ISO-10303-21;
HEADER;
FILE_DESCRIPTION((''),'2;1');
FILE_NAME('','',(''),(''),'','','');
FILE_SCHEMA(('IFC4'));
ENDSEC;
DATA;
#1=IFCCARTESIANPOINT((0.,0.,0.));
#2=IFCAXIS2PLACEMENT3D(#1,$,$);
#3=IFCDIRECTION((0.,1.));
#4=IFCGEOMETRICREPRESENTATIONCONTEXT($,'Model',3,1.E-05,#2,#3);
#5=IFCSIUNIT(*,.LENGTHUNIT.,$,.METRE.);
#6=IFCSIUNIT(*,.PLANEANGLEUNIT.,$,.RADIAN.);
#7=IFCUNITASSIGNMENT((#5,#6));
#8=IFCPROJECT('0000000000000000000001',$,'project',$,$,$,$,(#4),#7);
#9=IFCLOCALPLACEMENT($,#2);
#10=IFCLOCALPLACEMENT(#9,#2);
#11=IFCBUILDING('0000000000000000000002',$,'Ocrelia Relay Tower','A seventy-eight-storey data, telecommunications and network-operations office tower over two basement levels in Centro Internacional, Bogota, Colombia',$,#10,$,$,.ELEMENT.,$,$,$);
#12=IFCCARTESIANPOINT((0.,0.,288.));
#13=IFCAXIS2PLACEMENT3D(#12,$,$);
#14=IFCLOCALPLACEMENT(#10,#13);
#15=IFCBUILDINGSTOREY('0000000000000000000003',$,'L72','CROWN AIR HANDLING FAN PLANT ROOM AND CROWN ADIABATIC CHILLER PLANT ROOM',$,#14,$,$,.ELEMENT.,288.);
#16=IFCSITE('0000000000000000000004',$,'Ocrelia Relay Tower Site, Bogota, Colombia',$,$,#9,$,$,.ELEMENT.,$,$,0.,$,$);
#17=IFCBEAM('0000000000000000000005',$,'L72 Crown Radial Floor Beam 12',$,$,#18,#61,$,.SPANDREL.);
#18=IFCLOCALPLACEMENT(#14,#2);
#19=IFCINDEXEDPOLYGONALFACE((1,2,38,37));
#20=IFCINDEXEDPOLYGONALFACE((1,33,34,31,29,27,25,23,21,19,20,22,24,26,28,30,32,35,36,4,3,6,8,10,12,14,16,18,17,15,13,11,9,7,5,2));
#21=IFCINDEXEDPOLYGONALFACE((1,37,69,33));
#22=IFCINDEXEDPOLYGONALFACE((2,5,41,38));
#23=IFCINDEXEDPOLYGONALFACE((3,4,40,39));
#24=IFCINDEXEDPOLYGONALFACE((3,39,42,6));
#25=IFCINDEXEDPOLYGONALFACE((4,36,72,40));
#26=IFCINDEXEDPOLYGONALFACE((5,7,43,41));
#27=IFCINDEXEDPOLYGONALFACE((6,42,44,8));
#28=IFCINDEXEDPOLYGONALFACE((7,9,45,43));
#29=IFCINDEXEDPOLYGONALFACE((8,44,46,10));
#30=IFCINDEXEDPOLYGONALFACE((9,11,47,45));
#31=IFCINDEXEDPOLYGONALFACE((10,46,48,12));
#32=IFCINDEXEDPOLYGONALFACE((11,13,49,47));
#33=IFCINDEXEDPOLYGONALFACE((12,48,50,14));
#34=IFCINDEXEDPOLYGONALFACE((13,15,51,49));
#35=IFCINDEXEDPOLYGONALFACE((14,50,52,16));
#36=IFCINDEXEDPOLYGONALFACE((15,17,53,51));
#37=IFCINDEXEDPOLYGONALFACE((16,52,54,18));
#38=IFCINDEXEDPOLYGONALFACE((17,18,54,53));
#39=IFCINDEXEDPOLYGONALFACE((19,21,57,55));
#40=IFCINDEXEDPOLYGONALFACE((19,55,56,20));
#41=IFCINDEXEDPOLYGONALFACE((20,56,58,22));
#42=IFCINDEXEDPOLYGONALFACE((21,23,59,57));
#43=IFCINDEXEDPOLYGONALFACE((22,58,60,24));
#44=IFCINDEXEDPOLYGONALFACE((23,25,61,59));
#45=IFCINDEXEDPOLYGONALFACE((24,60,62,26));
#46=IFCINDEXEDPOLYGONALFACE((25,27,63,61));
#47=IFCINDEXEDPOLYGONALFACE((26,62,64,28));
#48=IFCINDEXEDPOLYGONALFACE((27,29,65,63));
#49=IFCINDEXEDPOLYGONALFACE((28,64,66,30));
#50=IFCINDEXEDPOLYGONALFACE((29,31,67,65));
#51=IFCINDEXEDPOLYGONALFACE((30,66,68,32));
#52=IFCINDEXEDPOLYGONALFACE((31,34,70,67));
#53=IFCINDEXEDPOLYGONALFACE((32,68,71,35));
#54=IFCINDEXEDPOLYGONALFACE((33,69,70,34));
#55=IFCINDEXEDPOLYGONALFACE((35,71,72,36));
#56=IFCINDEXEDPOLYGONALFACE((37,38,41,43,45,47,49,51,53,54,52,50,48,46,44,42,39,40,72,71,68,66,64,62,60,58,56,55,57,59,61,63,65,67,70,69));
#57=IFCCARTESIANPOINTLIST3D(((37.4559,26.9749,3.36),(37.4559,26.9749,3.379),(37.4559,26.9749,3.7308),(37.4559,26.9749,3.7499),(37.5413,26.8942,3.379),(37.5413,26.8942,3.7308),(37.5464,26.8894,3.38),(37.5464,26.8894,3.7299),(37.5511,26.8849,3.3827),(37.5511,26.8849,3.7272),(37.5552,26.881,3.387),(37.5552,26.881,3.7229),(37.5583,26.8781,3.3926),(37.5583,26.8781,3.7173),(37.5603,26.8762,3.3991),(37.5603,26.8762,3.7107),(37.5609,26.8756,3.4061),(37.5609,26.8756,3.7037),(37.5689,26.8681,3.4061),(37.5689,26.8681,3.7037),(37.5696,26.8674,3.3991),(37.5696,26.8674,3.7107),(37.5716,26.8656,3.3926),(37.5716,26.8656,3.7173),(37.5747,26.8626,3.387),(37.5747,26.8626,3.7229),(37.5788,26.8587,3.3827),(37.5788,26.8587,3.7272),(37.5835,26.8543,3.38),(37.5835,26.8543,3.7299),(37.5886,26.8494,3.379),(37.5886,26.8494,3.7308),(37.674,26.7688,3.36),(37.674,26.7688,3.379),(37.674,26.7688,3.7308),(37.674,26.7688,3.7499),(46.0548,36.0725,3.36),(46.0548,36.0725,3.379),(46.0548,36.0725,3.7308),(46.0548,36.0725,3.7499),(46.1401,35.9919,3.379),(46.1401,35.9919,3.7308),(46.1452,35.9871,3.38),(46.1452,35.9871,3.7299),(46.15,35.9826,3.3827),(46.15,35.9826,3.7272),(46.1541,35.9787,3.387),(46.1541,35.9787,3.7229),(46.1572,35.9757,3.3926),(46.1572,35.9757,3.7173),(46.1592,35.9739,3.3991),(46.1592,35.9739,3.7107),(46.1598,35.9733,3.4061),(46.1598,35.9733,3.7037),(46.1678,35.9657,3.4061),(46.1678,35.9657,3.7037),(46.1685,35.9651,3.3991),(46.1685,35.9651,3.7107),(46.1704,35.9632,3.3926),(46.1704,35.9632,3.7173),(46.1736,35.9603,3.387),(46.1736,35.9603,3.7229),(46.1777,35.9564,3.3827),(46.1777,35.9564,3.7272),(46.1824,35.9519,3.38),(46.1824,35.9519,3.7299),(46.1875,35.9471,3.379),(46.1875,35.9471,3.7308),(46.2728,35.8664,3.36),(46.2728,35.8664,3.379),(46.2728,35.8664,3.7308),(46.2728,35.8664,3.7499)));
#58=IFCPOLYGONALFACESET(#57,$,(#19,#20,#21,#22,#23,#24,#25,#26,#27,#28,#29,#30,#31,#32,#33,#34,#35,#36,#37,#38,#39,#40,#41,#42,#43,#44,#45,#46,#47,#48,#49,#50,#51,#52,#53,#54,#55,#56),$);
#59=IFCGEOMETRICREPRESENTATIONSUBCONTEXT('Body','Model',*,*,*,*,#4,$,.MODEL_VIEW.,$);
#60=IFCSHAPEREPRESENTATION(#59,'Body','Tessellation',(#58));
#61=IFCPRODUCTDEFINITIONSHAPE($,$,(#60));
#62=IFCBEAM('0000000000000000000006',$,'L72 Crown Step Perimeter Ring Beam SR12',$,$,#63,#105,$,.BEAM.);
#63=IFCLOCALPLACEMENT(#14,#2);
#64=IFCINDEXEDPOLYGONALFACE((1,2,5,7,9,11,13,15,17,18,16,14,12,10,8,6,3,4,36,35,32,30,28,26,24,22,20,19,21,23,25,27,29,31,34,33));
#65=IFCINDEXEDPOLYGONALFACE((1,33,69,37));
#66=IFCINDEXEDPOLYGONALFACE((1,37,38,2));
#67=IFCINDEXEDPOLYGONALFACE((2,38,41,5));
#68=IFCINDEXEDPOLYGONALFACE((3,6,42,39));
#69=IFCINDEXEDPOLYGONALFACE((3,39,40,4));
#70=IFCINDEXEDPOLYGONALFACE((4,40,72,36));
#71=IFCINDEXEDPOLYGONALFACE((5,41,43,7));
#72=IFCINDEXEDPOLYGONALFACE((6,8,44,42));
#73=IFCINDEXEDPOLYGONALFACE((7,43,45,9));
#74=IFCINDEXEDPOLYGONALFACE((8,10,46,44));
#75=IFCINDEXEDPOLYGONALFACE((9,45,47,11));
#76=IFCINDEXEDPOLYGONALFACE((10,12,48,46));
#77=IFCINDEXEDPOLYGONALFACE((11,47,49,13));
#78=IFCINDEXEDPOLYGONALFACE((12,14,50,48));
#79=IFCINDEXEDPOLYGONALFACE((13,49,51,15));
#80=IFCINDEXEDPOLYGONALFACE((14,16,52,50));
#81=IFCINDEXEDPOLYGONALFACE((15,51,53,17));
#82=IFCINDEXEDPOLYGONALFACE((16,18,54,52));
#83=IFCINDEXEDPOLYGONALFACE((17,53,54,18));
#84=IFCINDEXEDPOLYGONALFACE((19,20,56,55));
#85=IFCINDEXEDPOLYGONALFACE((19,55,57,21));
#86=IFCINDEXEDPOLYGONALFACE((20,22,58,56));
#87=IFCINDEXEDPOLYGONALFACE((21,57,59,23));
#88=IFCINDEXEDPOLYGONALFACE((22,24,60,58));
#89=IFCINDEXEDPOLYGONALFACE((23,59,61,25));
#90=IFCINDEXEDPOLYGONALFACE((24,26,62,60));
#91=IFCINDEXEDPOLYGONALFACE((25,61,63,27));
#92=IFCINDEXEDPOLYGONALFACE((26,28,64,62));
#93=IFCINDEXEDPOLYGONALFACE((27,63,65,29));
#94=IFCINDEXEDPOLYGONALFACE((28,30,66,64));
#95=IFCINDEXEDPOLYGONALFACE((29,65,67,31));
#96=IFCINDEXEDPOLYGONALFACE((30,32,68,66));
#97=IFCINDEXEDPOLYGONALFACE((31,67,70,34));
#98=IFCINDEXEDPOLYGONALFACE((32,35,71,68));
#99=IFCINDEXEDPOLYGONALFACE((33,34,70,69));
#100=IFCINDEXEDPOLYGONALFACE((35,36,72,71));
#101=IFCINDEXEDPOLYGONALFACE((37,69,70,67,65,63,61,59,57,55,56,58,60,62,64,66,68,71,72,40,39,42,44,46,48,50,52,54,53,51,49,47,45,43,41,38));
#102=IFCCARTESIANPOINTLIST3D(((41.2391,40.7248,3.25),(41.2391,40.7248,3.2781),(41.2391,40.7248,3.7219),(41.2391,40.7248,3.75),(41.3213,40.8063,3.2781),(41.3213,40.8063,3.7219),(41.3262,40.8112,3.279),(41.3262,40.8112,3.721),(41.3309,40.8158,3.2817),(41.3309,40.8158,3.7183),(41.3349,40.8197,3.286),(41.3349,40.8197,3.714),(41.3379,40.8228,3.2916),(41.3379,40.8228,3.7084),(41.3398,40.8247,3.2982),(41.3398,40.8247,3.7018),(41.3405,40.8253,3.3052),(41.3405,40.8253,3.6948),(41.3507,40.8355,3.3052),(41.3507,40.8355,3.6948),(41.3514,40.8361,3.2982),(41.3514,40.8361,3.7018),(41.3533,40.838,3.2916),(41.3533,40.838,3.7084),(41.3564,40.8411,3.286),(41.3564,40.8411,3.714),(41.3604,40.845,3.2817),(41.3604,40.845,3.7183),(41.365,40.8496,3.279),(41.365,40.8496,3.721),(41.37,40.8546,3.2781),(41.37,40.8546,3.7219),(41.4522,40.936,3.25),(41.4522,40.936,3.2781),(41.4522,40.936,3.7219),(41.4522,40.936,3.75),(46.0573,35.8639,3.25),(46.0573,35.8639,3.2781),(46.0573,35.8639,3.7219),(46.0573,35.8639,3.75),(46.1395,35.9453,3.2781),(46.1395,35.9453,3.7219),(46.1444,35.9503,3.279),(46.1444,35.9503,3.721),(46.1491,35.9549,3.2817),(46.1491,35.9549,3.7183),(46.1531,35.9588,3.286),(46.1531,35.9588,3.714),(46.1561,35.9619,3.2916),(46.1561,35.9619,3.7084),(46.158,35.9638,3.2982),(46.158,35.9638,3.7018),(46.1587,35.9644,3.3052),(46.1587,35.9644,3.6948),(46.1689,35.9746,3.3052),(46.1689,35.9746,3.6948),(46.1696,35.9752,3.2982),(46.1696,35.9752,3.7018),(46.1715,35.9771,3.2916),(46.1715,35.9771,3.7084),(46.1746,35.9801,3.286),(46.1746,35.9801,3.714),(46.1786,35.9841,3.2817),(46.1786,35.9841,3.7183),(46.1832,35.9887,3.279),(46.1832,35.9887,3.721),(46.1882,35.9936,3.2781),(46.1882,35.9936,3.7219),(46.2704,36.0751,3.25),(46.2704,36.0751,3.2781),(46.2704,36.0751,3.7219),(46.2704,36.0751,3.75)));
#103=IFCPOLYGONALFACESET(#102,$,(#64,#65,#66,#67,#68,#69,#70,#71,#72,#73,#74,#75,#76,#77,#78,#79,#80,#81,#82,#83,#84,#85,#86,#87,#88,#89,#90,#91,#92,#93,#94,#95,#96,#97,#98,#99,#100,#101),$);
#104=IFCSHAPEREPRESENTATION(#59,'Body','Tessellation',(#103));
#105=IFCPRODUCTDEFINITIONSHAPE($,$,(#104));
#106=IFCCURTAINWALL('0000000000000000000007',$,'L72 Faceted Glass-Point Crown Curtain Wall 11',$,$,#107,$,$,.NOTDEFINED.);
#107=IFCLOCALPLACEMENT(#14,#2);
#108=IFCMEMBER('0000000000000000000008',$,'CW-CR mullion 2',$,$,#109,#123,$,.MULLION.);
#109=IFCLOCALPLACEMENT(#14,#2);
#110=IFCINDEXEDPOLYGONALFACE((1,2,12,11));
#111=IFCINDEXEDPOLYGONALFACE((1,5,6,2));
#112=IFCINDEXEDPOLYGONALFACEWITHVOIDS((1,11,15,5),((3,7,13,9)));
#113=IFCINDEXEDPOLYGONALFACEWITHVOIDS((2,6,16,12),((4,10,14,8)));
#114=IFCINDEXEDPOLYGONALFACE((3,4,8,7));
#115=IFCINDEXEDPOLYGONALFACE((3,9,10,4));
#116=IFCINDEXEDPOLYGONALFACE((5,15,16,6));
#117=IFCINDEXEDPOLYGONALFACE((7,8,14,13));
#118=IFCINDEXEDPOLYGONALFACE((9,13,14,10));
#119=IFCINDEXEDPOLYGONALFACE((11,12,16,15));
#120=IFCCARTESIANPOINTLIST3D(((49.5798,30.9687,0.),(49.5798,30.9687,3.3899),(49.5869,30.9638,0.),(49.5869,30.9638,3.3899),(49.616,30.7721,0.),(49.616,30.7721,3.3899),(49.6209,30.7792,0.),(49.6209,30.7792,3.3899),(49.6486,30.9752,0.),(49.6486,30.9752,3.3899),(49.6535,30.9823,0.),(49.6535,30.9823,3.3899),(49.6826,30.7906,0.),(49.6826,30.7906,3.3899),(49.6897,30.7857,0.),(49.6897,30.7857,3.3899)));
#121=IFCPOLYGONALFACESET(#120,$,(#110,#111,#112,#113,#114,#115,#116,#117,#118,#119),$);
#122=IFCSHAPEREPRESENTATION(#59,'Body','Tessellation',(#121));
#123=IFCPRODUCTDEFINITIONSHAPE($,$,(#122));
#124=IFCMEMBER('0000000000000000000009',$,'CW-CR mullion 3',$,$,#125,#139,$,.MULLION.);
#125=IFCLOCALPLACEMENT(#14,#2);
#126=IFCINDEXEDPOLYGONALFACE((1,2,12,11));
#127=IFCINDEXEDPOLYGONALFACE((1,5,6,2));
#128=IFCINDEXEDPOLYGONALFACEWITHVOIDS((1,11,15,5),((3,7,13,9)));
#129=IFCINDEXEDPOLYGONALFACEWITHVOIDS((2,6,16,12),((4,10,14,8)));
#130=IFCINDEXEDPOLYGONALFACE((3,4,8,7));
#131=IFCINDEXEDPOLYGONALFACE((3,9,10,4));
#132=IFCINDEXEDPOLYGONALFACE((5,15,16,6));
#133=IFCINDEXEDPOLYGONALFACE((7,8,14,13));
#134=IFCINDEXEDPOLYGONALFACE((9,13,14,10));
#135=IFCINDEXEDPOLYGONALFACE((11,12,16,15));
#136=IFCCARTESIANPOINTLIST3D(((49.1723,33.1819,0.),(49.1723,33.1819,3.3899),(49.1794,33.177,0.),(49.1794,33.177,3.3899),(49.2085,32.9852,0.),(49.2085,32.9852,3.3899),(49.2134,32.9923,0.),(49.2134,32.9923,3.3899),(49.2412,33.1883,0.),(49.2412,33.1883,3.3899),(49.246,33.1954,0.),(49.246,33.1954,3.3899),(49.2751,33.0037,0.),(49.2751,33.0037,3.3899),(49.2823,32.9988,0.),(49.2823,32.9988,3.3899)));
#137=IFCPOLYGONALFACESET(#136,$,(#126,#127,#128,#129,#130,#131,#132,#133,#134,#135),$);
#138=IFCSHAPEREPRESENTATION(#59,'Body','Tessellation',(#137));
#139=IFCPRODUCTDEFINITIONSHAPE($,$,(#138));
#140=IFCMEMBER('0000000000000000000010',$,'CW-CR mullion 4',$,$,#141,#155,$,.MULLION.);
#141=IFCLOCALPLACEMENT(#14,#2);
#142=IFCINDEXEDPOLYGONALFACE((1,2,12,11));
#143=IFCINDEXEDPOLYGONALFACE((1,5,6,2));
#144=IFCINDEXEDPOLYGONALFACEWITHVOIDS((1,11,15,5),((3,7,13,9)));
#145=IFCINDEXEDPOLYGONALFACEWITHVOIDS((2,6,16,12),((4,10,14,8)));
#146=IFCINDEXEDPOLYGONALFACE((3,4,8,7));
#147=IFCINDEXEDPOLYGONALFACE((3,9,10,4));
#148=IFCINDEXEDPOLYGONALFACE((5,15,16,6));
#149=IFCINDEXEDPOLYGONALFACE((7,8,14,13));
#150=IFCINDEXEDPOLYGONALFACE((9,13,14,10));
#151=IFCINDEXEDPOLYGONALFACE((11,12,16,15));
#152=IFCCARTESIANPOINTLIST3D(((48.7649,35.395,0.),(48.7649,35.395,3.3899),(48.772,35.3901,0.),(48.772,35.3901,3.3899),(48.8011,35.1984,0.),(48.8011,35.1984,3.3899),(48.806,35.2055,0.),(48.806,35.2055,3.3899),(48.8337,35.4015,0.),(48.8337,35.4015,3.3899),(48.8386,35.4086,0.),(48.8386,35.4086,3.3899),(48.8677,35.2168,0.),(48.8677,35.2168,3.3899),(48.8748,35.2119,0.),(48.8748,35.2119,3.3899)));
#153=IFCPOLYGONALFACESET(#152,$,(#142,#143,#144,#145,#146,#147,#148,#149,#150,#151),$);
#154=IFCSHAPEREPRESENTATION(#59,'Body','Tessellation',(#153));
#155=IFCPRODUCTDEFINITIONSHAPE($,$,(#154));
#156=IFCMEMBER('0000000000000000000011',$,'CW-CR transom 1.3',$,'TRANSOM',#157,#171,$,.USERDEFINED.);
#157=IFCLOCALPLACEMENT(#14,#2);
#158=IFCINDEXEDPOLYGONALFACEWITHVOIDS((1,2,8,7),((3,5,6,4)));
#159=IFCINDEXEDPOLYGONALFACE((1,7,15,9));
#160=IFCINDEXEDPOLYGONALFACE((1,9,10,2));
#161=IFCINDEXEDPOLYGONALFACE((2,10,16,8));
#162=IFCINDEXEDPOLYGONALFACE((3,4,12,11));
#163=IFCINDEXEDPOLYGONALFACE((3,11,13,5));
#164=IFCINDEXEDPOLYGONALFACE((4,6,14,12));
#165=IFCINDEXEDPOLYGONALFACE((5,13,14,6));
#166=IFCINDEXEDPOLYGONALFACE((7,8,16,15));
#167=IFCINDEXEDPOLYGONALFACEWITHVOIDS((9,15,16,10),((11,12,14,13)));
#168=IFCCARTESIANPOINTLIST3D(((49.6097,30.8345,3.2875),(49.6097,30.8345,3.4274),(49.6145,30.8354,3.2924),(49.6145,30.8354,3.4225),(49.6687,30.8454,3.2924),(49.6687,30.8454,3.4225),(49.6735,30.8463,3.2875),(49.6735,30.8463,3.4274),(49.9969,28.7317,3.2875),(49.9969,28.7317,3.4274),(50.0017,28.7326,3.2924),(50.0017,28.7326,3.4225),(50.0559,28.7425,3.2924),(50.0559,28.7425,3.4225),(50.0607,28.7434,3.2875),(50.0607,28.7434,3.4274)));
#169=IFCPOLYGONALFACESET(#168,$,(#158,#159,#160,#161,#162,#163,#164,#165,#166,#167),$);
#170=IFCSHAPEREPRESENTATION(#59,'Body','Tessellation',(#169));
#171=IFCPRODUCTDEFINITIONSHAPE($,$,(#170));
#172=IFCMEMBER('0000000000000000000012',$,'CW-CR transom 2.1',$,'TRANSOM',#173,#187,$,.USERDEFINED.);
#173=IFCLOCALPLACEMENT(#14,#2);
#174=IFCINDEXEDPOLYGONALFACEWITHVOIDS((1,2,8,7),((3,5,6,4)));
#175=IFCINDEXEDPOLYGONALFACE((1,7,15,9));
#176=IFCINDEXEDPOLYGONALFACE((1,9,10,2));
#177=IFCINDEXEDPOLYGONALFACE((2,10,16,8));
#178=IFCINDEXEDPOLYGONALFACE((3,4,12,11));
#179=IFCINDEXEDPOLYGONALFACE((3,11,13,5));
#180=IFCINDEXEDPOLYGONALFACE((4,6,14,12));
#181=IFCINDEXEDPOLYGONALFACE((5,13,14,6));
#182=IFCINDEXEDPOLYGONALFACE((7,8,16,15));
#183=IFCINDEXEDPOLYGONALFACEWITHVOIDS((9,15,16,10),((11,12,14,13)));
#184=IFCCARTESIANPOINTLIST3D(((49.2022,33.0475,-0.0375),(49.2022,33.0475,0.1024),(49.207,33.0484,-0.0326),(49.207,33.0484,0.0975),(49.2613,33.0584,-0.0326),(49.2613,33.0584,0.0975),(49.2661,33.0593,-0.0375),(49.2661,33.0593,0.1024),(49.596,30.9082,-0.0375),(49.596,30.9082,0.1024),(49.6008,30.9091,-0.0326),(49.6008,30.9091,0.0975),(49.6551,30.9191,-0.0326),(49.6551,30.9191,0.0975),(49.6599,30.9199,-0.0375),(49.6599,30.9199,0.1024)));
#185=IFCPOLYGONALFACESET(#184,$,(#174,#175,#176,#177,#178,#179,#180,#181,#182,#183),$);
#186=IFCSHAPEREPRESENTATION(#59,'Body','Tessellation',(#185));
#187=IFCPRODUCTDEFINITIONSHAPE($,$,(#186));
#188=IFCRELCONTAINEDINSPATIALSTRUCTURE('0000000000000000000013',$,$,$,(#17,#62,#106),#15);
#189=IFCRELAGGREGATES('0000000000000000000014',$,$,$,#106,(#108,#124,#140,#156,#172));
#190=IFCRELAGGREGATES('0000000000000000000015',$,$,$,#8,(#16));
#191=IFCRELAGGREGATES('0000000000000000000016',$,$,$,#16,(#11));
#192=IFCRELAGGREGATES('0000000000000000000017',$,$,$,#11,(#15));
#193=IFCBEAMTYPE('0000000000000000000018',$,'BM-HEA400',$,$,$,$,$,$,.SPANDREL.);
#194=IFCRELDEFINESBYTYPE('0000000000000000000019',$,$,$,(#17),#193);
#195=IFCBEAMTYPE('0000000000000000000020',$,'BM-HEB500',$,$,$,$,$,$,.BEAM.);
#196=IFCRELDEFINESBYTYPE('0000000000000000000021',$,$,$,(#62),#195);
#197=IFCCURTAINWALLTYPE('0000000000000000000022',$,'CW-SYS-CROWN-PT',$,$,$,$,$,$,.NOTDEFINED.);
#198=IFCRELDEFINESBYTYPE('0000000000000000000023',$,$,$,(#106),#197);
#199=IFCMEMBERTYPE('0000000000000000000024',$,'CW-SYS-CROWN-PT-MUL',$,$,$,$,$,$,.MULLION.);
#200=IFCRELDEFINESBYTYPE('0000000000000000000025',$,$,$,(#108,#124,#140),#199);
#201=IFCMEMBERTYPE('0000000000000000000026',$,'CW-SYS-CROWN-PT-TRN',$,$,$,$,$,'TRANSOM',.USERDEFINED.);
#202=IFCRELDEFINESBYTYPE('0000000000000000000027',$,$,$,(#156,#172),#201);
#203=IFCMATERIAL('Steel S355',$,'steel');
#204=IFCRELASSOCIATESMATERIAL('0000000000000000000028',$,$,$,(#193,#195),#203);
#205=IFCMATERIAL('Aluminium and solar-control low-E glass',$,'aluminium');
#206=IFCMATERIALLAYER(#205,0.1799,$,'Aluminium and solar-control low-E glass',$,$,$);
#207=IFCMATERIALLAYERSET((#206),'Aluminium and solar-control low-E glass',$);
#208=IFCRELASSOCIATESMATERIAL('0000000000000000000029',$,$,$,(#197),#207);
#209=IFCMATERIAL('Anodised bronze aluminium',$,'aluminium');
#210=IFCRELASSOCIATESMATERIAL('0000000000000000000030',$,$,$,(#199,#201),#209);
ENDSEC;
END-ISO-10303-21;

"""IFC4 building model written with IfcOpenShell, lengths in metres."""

from ifc_helpers import new_model, si_unit, direction, frame, origin, origin_2d, place, context, subcontext, project, spatial, hollow_rectangle, i_section, extrude, material, layer, layer_set, material_profile, profile_set, type_object, element, aggregate, save


model = new_model("IFC4")

# Units and contexts
model_context = context("Model", 3, precision=1e-05, world=origin(), true_north=direction((0.0, 1.0)))
body_context = subcontext(model_context, "Body", "Model", "MODEL_VIEW")
ifc_project = project(units=[si_unit("LENGTHUNIT", "METRE"), si_unit("PLANEANGLEUNIT", "RADIAN")], contexts=[model_context])

# Site, building, storey
site_placement = place(None, origin())
site = spatial("IfcSite", under=ifc_project, at=site_placement, Name="Ocrelia Relay Tower Site, Bogota, Colombia", CompositionType="ELEMENT", RefElevation=0.0)
building_placement = place(site_placement, origin())
building = spatial("IfcBuilding", under=site, at=building_placement, Name="Ocrelia Relay Tower", Description="A seventy-eight-storey data, telecommunications and network-operations office tower over two basement levels in Centro Internacional, Bogota, Colombia", CompositionType="ELEMENT")
storey_placement = place(building_placement, frame((0.0, 0.0, 288.0)))
storey = spatial("IfcBuildingStorey", under=building, at=storey_placement, Name="L72", Description="CROWN AIR HANDLING FAN PLANT ROOM AND CROWN ADIABATIC CHILLER PLANT ROOM", CompositionType="ELEMENT", Elevation=288.0)

# Beams
ifc_material_1 = material(Name="Steel S355", Category="steel")
ifc_material_profile_1 = material_profile(ifc_material_1, i_section(OverallWidth=0.3, OverallDepth=0.3899, WebThickness=0.011, FlangeThickness=0.019, FilletRadius=0.0271, at=origin_2d()), Name="HEA 400")
ifc_profile_set_1 = profile_set([ifc_material_profile_1], Name="Steel S355")
beam_type_1 = type_object("IfcBeamType", Name="BM-HEA400", PredefinedType="SPANDREL", material=ifc_profile_set_1)
beam_1_placement = place(storey_placement, frame((46.1638, 35.9695, 3.5549), z_axis=(-0.686904, -0.726748, 0.0), x_axis=(0.726748, -0.686904, 0.0)))
element("IfcBeam", 1, at=beam_1_placement, inside=storey, type_object=beam_type_1, Name="L72 Crown Radial Floor Beam 12", PredefinedType="SPANDREL", context=body_context, shape_type="SweptSolid", body=[
    extrude(i_section(OverallWidth=0.3, OverallDepth=0.3899, WebThickness=0.011, FlangeThickness=0.019, FilletRadius=0.0271, at=origin_2d()), origin(), (0.0, 0.0, 1.0), 12.5183),
])
ifc_material_profile_2 = material_profile(ifc_material_1, i_section(OverallWidth=0.3, OverallDepth=0.5, WebThickness=0.0144, FlangeThickness=0.0281, FilletRadius=0.0271, at=origin_2d()), Name="HEB 500")
ifc_profile_set_2 = profile_set([ifc_material_profile_2], Name="Steel S355")
beam_type_2 = type_object("IfcBeamType", Name="BM-HEB500", PredefinedType="BEAM", material=ifc_profile_set_2)
beam_2_placement = place(storey_placement, frame((46.1638, 35.9695, 3.5), z_axis=(-0.703979, 0.710221, 0.0), x_axis=(-0.710221, -0.703979, 0.0)))
element("IfcBeam", 2, at=beam_2_placement, inside=storey, type_object=beam_type_2, Name="L72 Crown Step Perimeter Ring Beam SR12", PredefinedType="BEAM", context=body_context, shape_type="SweptSolid", body=[
    extrude(i_section(OverallWidth=0.3, OverallDepth=0.5, WebThickness=0.0144, FlangeThickness=0.0281, FilletRadius=0.0271, at=origin_2d()), origin(), (0.0, 0.0, 1.0), 6.8442),
])

# Curtain wall, members
ifc_material_2 = material(Name="Aluminium and solar-control low-E glass", Category="aluminium")
ifc_layer_1 = layer(ifc_material_2, 0.1799, Name="Aluminium and solar-control low-E glass")
ifc_layer_set_1 = layer_set([ifc_layer_1], Name="Aluminium and solar-control low-E glass")
curtain_wall_type = type_object("IfcCurtainWallType", Name="CW-SYS-CROWN-PT", PredefinedType="NOTDEFINED", material=ifc_layer_set_1)
curtain_wall_placement = place(storey_placement, origin())
curtain_wall = element("IfcCurtainWall", 3, at=curtain_wall_placement, inside=storey, type_object=curtain_wall_type, Name="L72 Faceted Glass-Point Crown Curtain Wall 11", PredefinedType="NOTDEFINED")
ifc_material_3 = material(Name="Anodised bronze aluminium", Category="aluminium")
ifc_material_profile_3 = material_profile(ifc_material_3, hollow_rectangle(XDim=0.075, YDim=0.2, WallThickness=0.0061, at=origin_2d()), Name="CW-MUL-200x75")
ifc_profile_set_3 = profile_set([ifc_material_profile_3], Name="Anodised bronze aluminium")
member_type_1 = type_object("IfcMemberType", Name="CW-SYS-CROWN-PT-MUL", PredefinedType="MULLION", material=ifc_profile_set_3)
member_1_placement = place(storey_placement, frame((49.6348, 30.8772, 0.0), z_axis=(0.0, 0.0, 1.0), x_axis=(-0.983471, -0.181068, 0.0)))
member_1 = element("IfcMember", 4, at=member_1_placement, type_object=member_type_1, Name="CW-CR mullion 2", PredefinedType="MULLION", context=body_context, shape_type="SweptSolid", body=[
    extrude(hollow_rectangle(XDim=0.075, YDim=0.2, WallThickness=0.0061, at=origin_2d()), origin(), (0.0, 0.0, 1.0), 3.3899),
])
member_2_placement = place(storey_placement, frame((49.2273, 33.0903, 0.0), z_axis=(0.0, 0.0, 1.0), x_axis=(-0.983471, -0.181068, 0.0)))
member_2 = element("IfcMember", 5, at=member_2_placement, type_object=member_type_1, Name="CW-CR mullion 3", PredefinedType="MULLION", context=body_context, shape_type="SweptSolid", body=[
    extrude(hollow_rectangle(XDim=0.075, YDim=0.2, WallThickness=0.0061, at=origin_2d()), origin(), (0.0, 0.0, 1.0), 3.3899),
])
member_3_placement = place(storey_placement, frame((48.8198, 35.3035, 0.0), z_axis=(0.0, 0.0, 1.0), x_axis=(-0.983471, -0.181068, 0.0)))
member_3 = element("IfcMember", 6, at=member_3_placement, type_object=member_type_1, Name="CW-CR mullion 4", PredefinedType="MULLION", context=body_context, shape_type="SweptSolid", body=[
    extrude(hollow_rectangle(XDim=0.075, YDim=0.2, WallThickness=0.0061, at=origin_2d()), origin(), (0.0, 0.0, 1.0), 3.3899),
])
ifc_material_profile_4 = material_profile(ifc_material_3, hollow_rectangle(XDim=0.0649, YDim=0.1399, WallThickness=0.0049, at=origin_2d()), Name="CW-TRN-140x65")
ifc_profile_set_4 = profile_set([ifc_material_profile_4], Name="Anodised bronze aluminium")
member_type_2 = type_object("IfcMemberType", Name="CW-SYS-CROWN-PT-TRN", ElementType="TRANSOM", PredefinedType="USERDEFINED", material=ifc_profile_set_4)
member_4_placement = place(storey_placement, frame((50.0288, 28.7375, 3.3574), z_axis=(-0.181096, 0.983465, 0.0), x_axis=(-0.983465, -0.181096, 0.0)))
member_4 = element("IfcMember", 7, at=member_4_placement, type_object=member_type_2, Name="CW-CR transom 1.3", ObjectType="TRANSOM", PredefinedType="USERDEFINED", context=body_context, shape_type="SweptSolid", body=[
    extrude(hollow_rectangle(XDim=0.0649, YDim=0.1399, WallThickness=0.0049, at=origin_2d()), origin(), (0.0, 0.0, 1.0), 2.1382),
])
member_5_placement = place(storey_placement, frame((49.6279, 30.9141, 0.0325), z_axis=(-0.181028, 0.983478, 0.0), x_axis=(-0.983478, -0.181028, 0.0)))
member_5 = element("IfcMember", 8, at=member_5_placement, type_object=member_type_2, Name="CW-CR transom 2.1", ObjectType="TRANSOM", PredefinedType="USERDEFINED", context=body_context, shape_type="SweptSolid", body=[
    extrude(hollow_rectangle(XDim=0.0649, YDim=0.1399, WallThickness=0.0049, at=origin_2d()), origin(), (0.0, 0.0, 1.0), 2.1753),
])
aggregate(curtain_wall, [member_1, member_2, member_3, member_4, member_5])

save(model, "model.ifc")
